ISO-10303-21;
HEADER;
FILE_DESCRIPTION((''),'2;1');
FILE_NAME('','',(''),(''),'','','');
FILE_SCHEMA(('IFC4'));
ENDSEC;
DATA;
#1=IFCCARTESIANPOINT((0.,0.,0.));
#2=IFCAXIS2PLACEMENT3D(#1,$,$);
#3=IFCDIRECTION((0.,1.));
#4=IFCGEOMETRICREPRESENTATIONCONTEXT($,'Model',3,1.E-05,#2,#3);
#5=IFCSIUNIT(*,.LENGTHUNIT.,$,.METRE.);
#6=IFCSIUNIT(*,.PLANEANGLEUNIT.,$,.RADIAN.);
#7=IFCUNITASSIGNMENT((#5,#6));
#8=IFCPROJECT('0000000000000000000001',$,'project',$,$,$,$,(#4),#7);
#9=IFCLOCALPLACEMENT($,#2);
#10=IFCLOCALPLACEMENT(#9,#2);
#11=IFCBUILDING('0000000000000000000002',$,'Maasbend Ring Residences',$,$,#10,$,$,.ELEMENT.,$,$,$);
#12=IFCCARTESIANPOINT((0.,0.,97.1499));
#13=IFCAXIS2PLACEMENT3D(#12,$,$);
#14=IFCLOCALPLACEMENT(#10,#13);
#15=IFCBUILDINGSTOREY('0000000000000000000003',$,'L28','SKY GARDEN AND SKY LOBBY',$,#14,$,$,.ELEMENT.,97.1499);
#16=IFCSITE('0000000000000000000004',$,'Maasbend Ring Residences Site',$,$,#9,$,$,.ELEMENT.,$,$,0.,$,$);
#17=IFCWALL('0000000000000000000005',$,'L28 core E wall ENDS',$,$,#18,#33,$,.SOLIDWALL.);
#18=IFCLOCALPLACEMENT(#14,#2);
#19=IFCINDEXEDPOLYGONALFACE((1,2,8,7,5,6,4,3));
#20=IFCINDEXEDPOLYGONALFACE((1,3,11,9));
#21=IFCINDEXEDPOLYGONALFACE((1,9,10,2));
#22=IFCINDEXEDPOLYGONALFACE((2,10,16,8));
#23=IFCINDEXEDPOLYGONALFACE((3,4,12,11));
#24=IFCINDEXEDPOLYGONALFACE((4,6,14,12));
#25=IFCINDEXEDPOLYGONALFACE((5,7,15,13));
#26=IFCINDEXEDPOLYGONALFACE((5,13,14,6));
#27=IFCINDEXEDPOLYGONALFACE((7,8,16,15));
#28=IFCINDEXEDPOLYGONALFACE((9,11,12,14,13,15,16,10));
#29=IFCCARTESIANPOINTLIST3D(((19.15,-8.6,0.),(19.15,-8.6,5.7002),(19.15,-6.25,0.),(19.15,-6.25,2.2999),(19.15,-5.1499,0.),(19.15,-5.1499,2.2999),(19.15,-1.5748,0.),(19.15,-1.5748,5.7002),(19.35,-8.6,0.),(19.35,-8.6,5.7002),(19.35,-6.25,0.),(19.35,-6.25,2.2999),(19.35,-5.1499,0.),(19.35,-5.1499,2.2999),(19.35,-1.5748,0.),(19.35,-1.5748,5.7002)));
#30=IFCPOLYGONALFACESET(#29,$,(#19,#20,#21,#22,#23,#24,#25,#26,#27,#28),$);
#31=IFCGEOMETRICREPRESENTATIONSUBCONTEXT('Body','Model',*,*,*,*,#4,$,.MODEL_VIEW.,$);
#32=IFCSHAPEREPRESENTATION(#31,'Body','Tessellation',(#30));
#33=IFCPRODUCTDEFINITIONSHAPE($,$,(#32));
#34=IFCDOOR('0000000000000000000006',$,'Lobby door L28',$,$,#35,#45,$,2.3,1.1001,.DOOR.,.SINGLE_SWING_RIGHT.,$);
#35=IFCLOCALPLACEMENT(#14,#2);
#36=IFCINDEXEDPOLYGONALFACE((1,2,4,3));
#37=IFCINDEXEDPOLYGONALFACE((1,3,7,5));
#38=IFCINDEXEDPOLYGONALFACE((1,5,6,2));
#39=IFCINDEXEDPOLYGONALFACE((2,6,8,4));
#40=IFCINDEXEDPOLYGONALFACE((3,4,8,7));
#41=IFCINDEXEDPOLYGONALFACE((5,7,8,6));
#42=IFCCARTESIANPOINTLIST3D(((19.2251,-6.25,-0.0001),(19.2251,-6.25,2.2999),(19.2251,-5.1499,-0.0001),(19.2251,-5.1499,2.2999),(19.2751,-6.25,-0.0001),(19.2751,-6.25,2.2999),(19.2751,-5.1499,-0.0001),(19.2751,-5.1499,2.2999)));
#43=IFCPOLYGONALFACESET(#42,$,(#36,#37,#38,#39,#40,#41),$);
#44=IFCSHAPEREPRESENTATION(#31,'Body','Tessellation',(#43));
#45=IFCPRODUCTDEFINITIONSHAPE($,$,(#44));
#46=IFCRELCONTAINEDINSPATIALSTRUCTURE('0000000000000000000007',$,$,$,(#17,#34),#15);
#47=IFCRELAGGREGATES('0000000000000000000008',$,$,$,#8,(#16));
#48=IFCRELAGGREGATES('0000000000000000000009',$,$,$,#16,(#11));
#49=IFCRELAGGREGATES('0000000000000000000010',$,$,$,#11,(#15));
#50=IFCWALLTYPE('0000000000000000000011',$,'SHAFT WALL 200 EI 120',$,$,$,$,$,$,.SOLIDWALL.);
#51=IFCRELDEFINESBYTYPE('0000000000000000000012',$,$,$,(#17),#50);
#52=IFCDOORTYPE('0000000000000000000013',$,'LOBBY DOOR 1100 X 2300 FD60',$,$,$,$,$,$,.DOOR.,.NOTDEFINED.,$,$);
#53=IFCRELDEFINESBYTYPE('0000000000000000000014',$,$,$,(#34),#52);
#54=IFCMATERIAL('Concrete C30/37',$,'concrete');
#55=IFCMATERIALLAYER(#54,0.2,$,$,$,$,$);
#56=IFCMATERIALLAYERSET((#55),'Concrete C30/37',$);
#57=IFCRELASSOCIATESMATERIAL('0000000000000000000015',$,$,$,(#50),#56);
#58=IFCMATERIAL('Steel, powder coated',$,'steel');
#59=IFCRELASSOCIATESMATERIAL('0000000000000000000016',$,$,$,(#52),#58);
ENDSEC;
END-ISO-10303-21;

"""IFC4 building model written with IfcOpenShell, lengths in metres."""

from ifc_helpers import new_model, si_unit, direction, frame, frame_2d, origin, place, context, subcontext, project, spatial, rectangle, extrude, material, layer, layer_set, type_object, element, fill, save


model = new_model("IFC4")

# Units and contexts
model_context = context("Model", 3, precision=1e-05, world=origin(), true_north=direction((0.0, 1.0)))
body_context = subcontext(model_context, "Body", "Model", "MODEL_VIEW")
ifc_project = project(units=[si_unit("LENGTHUNIT", "METRE"), si_unit("PLANEANGLEUNIT", "RADIAN")], contexts=[model_context])

# Site, building, storey
site_placement = place(None, origin())
site = spatial("IfcSite", under=ifc_project, at=site_placement, Name="Maasbend Ring Residences Site", CompositionType="ELEMENT", RefElevation=0.0)
building_placement = place(site_placement, origin())
building = spatial("IfcBuilding", under=site, at=building_placement, Name="Maasbend Ring Residences", CompositionType="ELEMENT")
storey_placement = place(building_placement, frame((0.0, 0.0, 97.1499)))
storey = spatial("IfcBuildingStorey", under=building, at=storey_placement, Name="L28", Description="SKY GARDEN AND SKY LOBBY", CompositionType="ELEMENT", Elevation=97.1499)

# Wall, opening, door
ifc_material_1 = material(Name="Concrete C30/37", Category="concrete")
ifc_layer_1 = layer(ifc_material_1, 0.2)
ifc_layer_set_1 = layer_set([ifc_layer_1], Name="Concrete C30/37")
wall_type_1 = type_object("IfcWallType", Name="SHAFT WALL 200 EI 120", PredefinedType="SOLIDWALL", material=ifc_layer_set_1)
wall_1_placement = place(storey_placement, frame((19.25, -8.6001, 0.0), z_axis=(0.0, 0.0, 1.0), x_axis=(0.0, 1.0, 0.0)))
wall_1 = element("IfcWall", 1, at=wall_1_placement, inside=storey, type_object=wall_type_1, Name="L28 core E wall ENDS", PredefinedType="SOLIDWALL", context=body_context, shape_type="SweptSolid", body=[
    extrude(rectangle(XDim=7.0251, YDim=0.2, at=frame_2d((3.5127, 0.0))), origin(), (0.0, 0.0, 1.0), 5.7002),
])
opening_1_placement = place(wall_1_placement, frame((2.3501, 0.0, 0.0)))
opening_1 = element("IfcOpeningElement", 2, at=opening_1_placement, cuts=wall_1, PredefinedType="OPENING", context=body_context, shape_type="SweptSolid", body=[
    extrude(rectangle(XDim=1.1001, YDim=2.3, at=frame_2d((0.55, 1.1499))), frame((0.0, 0.1099, 0.0), z_axis=(0.0, -1.0, 0.0), x_axis=(1.0, 0.0, 0.0)), (0.0, 0.0, 1.0), 0.22),
])
ifc_material_2 = material(Name="Steel, powder coated", Category="steel")
door_type_1 = type_object("IfcDoorType", Name="LOBBY DOOR 1100 X 2300 FD60", OperationType="NOTDEFINED", PredefinedType="DOOR", material=ifc_material_2)
door_1_placement = place(opening_1_placement, origin())
door_1 = element("IfcDoor", 3, at=door_1_placement, inside=storey, type_object=door_type_1, Name="Lobby door L28", OperationType="SINGLE_SWING_RIGHT", OverallHeight=2.3, OverallWidth=1.1001, PredefinedType="DOOR", context=body_context, shape_type="SweptSolid", body=[
    extrude(rectangle(XDim=1.1001, YDim=2.3, at=frame_2d((0.55, 1.1499))), frame((0.0, 0.0249, 0.0), z_axis=(0.0, -1.0, 0.0), x_axis=(1.0, 0.0, 0.0)), (0.0, 0.0, 1.0), 0.05),
])
fill(opening_1, door_1)

save(model, "model.ifc")
